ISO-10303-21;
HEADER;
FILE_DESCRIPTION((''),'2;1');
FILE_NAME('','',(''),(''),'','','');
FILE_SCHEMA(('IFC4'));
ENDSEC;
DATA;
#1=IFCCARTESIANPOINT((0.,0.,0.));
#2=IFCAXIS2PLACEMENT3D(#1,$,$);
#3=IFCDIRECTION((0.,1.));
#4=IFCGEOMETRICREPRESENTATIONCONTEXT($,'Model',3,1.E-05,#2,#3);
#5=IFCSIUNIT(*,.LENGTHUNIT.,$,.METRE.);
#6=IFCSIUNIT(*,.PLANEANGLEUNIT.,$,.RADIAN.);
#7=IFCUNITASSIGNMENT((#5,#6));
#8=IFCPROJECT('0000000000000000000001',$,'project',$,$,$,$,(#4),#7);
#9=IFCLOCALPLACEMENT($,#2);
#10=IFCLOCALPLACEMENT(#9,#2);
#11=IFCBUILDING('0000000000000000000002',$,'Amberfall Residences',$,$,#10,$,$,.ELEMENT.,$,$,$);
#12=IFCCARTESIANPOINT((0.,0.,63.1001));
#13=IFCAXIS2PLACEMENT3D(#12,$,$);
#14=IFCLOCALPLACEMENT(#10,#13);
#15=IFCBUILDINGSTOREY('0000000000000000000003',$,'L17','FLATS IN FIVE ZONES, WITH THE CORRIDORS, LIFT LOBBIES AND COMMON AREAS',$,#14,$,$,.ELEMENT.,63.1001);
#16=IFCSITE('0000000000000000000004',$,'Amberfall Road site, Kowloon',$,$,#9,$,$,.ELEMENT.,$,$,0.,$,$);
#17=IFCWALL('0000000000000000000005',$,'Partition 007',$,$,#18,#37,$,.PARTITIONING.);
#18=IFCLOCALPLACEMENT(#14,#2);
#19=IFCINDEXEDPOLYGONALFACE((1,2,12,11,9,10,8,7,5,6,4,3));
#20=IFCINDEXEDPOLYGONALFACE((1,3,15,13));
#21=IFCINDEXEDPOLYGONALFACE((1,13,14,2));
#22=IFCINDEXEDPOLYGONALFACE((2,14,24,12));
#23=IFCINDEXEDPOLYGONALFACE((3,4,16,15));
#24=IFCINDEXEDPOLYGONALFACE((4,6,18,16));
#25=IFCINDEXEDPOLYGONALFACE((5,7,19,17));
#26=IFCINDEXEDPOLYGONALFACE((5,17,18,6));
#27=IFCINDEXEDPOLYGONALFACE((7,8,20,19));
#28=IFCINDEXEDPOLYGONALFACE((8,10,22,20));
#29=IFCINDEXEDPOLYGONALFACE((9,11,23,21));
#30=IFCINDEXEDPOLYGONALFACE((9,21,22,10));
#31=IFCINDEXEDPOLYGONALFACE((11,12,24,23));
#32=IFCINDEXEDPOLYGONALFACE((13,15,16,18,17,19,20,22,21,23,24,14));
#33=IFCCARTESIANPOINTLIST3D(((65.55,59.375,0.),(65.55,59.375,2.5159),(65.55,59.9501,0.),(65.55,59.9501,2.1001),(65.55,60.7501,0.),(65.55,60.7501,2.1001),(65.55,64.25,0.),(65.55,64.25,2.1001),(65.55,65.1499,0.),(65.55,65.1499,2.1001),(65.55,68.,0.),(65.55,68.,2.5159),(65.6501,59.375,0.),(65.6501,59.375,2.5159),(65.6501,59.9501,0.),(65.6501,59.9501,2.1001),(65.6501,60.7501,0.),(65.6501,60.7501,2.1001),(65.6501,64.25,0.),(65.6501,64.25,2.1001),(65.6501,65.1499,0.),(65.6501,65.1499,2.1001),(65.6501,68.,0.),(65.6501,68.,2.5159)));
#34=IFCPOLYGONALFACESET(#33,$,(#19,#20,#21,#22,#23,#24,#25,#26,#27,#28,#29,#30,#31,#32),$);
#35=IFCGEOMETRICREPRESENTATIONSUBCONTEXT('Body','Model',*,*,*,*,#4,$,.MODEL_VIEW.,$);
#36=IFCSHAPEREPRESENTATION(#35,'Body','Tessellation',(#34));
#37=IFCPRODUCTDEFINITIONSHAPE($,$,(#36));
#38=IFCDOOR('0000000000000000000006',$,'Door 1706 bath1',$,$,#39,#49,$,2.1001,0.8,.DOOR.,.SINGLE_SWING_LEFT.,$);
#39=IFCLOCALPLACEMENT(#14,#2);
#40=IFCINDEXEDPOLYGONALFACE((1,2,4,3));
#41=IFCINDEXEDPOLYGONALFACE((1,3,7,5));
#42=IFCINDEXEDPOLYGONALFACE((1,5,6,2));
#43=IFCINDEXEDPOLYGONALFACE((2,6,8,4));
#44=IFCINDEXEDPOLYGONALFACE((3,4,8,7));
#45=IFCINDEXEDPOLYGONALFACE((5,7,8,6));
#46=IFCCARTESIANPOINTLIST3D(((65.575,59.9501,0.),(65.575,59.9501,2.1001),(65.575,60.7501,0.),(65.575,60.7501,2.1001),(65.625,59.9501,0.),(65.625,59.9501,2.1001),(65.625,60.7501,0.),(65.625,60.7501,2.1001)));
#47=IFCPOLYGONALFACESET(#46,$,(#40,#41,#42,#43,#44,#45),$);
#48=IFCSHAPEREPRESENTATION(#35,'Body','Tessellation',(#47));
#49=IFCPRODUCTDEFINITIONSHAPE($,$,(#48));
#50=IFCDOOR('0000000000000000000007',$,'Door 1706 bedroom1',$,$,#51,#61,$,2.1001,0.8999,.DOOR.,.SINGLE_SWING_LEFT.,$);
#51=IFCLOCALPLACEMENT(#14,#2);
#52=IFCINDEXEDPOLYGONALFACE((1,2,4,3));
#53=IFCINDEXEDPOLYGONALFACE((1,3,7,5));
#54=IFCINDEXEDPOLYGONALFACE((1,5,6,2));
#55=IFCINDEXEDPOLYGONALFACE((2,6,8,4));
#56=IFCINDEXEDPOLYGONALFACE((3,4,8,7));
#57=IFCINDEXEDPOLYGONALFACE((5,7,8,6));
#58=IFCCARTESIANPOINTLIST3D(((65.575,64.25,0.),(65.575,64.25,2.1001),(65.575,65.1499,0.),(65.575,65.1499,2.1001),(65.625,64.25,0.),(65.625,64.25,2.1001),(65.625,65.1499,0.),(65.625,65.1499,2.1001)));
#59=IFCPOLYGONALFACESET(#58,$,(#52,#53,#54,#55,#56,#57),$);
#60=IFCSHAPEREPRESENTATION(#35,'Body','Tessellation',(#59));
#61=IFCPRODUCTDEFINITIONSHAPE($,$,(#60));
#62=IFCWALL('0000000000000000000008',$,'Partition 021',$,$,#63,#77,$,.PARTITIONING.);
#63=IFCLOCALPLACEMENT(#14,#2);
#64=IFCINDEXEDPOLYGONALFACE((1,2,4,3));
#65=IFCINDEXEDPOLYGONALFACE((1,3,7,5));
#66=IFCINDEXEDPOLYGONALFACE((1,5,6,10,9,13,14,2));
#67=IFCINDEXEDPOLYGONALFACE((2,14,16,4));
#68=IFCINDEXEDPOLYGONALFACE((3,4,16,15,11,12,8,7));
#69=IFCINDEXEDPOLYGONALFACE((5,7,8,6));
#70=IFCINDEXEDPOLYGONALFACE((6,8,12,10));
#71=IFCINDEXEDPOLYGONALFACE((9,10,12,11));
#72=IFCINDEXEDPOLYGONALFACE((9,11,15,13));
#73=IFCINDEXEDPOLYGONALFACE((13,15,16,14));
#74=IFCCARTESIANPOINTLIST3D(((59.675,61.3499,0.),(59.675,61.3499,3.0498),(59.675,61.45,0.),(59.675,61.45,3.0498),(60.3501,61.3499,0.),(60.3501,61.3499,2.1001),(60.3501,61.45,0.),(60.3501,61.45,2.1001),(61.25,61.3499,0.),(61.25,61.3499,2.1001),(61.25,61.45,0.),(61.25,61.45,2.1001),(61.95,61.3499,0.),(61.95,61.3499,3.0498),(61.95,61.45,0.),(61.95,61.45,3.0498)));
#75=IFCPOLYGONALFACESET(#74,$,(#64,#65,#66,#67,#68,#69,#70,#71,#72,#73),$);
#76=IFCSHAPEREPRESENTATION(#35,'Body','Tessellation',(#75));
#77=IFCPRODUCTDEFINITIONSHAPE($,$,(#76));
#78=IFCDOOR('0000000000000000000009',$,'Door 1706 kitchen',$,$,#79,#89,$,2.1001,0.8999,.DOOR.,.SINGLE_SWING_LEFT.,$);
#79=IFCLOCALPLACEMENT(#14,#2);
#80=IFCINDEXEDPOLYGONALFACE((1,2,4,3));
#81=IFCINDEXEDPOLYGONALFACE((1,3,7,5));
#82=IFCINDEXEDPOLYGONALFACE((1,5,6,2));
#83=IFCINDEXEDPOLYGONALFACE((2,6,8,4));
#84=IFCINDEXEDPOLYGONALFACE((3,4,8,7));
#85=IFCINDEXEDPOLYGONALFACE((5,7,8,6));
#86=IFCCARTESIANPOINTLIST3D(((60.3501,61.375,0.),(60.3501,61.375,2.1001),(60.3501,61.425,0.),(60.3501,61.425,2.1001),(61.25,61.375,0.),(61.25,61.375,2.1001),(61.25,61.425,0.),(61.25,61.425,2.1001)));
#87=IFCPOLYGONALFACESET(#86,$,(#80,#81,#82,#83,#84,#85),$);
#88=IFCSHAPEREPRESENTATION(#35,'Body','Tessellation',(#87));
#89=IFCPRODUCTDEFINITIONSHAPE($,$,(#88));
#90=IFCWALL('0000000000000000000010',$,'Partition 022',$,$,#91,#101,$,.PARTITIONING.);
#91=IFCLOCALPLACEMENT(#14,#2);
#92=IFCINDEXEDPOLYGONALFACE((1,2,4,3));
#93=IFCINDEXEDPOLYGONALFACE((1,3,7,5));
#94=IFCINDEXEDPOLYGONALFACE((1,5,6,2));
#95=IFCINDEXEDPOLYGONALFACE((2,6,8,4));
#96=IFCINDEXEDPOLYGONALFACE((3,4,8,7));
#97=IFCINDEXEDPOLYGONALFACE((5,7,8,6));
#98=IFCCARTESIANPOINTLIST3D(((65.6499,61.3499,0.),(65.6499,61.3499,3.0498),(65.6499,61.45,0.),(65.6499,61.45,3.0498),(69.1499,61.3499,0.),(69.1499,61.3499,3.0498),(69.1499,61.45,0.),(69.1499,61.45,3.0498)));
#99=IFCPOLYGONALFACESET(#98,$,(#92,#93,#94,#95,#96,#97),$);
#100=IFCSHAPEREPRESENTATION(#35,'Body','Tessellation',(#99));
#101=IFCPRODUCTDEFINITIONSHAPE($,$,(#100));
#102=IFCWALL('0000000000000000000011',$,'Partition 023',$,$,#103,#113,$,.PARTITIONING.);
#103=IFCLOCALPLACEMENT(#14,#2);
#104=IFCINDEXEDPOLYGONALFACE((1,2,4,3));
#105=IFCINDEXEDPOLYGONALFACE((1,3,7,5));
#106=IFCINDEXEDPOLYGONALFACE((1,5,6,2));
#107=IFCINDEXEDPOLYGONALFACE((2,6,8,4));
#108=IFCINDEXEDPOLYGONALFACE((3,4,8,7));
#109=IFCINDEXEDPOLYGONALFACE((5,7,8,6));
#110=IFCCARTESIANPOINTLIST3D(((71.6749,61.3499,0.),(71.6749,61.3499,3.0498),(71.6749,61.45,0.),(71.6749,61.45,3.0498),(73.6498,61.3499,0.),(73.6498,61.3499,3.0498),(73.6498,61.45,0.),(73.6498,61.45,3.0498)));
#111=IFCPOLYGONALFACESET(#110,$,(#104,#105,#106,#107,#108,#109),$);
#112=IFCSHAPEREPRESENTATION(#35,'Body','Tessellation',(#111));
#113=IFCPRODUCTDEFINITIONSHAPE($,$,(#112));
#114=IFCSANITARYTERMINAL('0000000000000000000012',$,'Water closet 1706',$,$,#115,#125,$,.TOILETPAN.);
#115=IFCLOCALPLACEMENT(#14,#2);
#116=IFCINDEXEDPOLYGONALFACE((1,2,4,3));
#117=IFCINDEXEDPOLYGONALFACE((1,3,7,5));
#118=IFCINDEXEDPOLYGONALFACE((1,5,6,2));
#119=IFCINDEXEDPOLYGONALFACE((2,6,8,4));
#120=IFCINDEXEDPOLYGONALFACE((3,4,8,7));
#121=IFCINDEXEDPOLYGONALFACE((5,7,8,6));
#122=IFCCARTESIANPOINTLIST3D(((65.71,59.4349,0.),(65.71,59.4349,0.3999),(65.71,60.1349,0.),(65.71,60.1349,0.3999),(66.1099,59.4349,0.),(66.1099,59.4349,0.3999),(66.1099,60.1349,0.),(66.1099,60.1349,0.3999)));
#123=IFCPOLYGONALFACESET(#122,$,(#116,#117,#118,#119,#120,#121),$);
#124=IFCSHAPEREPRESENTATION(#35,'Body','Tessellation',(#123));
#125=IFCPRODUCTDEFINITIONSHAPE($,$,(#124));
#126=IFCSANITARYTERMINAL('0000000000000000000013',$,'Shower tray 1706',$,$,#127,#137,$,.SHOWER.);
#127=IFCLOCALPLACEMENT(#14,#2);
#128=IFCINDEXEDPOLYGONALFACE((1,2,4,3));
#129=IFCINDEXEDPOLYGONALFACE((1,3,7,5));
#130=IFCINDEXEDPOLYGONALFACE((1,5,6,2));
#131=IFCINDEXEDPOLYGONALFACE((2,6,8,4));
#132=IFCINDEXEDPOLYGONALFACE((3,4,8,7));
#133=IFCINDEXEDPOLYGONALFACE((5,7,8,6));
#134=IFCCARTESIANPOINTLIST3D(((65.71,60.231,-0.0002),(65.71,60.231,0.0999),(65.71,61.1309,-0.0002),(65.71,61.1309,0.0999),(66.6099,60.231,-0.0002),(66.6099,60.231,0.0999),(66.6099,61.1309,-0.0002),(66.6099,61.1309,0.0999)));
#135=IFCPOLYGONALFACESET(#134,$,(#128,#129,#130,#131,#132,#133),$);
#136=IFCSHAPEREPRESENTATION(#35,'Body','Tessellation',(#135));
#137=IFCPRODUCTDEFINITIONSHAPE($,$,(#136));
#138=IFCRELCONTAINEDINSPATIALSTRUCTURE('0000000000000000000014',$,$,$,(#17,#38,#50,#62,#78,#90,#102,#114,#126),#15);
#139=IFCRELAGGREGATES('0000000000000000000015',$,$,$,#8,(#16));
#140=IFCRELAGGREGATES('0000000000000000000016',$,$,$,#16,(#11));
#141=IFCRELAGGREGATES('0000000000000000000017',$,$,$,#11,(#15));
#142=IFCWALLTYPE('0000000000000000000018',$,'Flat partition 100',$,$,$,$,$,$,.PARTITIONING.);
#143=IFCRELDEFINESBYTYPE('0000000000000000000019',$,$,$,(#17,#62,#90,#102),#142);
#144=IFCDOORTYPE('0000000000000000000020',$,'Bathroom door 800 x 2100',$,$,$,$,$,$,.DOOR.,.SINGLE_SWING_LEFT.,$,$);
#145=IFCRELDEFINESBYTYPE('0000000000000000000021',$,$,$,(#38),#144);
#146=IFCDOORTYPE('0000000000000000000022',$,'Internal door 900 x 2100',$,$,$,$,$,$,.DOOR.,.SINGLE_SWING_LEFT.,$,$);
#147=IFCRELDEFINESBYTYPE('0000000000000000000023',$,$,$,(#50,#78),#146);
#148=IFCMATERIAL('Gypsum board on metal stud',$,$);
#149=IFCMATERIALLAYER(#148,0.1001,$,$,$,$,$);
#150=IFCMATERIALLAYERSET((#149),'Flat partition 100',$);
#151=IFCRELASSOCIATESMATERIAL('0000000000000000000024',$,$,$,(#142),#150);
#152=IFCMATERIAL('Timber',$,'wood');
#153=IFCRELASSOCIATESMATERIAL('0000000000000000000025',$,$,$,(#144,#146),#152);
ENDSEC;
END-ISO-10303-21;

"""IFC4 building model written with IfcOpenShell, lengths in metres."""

from ifc_helpers import new_model, si_unit, direction, frame, frame_2d, origin, origin_2d, place, context, subcontext, project, spatial, rectangle, extrude, material, layer, layer_set, type_object, element, fill, save


model = new_model("IFC4")

# Units and contexts
model_context = context("Model", 3, precision=1e-05, world=origin(), true_north=direction((0.0, 1.0)))
body_context = subcontext(model_context, "Body", "Model", "MODEL_VIEW")
ifc_project = project(units=[si_unit("LENGTHUNIT", "METRE"), si_unit("PLANEANGLEUNIT", "RADIAN")], contexts=[model_context])

# Site, building, storey
site_placement = place(None, origin())
site = spatial("IfcSite", under=ifc_project, at=site_placement, Name="Amberfall Road site, Kowloon", CompositionType="ELEMENT", RefElevation=0.0)
building_placement = place(site_placement, origin())
building = spatial("IfcBuilding", under=site, at=building_placement, Name="Amberfall Residences", CompositionType="ELEMENT")
storey_placement = place(building_placement, frame((0.0, 0.0, 63.1001)))
storey = spatial("IfcBuildingStorey", under=building, at=storey_placement, Name="L17", Description="FLATS IN FIVE ZONES, WITH THE CORRIDORS, LIFT LOBBIES AND COMMON AREAS", CompositionType="ELEMENT", Elevation=63.1001)

# Wall, openings, doors
ifc_material_1 = material(Name="Gypsum board on metal stud")
ifc_layer_1 = layer(ifc_material_1, 0.1001)
ifc_layer_set_1 = layer_set([ifc_layer_1], Name="Flat partition 100")
wall_type = type_object("IfcWallType", Name="Flat partition 100", PredefinedType="PARTITIONING", material=ifc_layer_set_1)
wall_1_placement = place(storey_placement, frame((65.6001, 68.0, 0.0), z_axis=(0.0, 0.0, 1.0), x_axis=(0.0, -1.0, 0.0)))
wall_1 = element("IfcWall", 1, at=wall_1_placement, inside=storey, type_object=wall_type, Name="Partition 007", PredefinedType="PARTITIONING", context=body_context, shape_type="SweptSolid", body=[
    extrude(rectangle(XDim=8.625, YDim=0.1001, at=frame_2d((4.3125, 0.0))), origin(), (0.0, 0.0, 1.0), 2.5159),
])
opening_1_placement = place(wall_1_placement, frame((2.8501, 0.0, 0.0)))
opening_1 = element("IfcOpeningElement", 2, at=opening_1_placement, cuts=wall_1, PredefinedType="OPENING", context=body_context, shape_type="SweptSolid", body=[
    extrude(rectangle(XDim=0.8999, YDim=2.1001, at=frame_2d((0.45, 1.05))), frame((0.0, 0.0601, 0.0), z_axis=(0.0, -1.0, 0.0), x_axis=(1.0, 0.0, 0.0)), (0.0, 0.0, 1.0), 0.1201),
])
opening_2_placement = place(wall_1_placement, frame((7.25, 0.0, 0.0)))
opening_2 = element("IfcOpeningElement", 3, at=opening_2_placement, cuts=wall_1, PredefinedType="OPENING", context=body_context, shape_type="SweptSolid", body=[
    extrude(rectangle(XDim=0.8, YDim=2.1001, at=frame_2d((0.3999, 1.05))), frame((0.0, 0.0601, 0.0), z_axis=(0.0, -1.0, 0.0), x_axis=(1.0, 0.0, 0.0)), (0.0, 0.0, 1.0), 0.1201),
])
ifc_material_2 = material(Name="Timber", Category="wood")
door_type_1 = type_object("IfcDoorType", Name="Bathroom door 800 x 2100", OperationType="SINGLE_SWING_LEFT", PredefinedType="DOOR", material=ifc_material_2)
door_1_placement = place(opening_2_placement, origin())
door_1 = element("IfcDoor", 4, at=door_1_placement, inside=storey, type_object=door_type_1, Name="Door 1706 bath1", OperationType="SINGLE_SWING_LEFT", OverallHeight=2.1001, OverallWidth=0.8, PredefinedType="DOOR", context=body_context, shape_type="SweptSolid", body=[
    extrude(rectangle(XDim=0.8, YDim=2.1001, at=frame_2d((0.3999, 1.05))), frame((0.0, 0.0249, 0.0), z_axis=(0.0, -1.0, 0.0), x_axis=(1.0, 0.0, 0.0)), (0.0, 0.0, 1.0), 0.05),
])
fill(opening_2, door_1)
door_type_2 = type_object("IfcDoorType", Name="Internal door 900 x 2100", OperationType="SINGLE_SWING_LEFT", PredefinedType="DOOR", material=ifc_material_2)
door_2_placement = place(opening_1_placement, origin())
door_2 = element("IfcDoor", 5, at=door_2_placement, inside=storey, type_object=door_type_2, Name="Door 1706 bedroom1", OperationType="SINGLE_SWING_LEFT", OverallHeight=2.1001, OverallWidth=0.8999, PredefinedType="DOOR", context=body_context, shape_type="SweptSolid", body=[
    extrude(rectangle(XDim=0.8999, YDim=2.1001, at=frame_2d((0.45, 1.05))), frame((0.0, 0.0249, 0.0), z_axis=(0.0, -1.0, 0.0), x_axis=(1.0, 0.0, 0.0)), (0.0, 0.0, 1.0), 0.05),
])
fill(opening_1, door_2)

# Wall, opening, door
wall_2_placement = place(storey_placement, frame((61.95, 61.3999, 0.0), z_axis=(0.0, 0.0, 1.0), x_axis=(-1.0, 0.0, 0.0)))
wall_2 = element("IfcWall", 6, at=wall_2_placement, inside=storey, type_object=wall_type, Name="Partition 021", PredefinedType="PARTITIONING", context=body_context, shape_type="SweptSolid", body=[
    extrude(rectangle(XDim=2.2749, YDim=0.1001, at=frame_2d((1.1375, 0.0))), origin(), (0.0, 0.0, 1.0), 3.0498),
])
opening_3_placement = place(wall_2_placement, frame((0.7, 0.0, 0.0)))
opening_3 = element("IfcOpeningElement", 7, at=opening_3_placement, cuts=wall_2, PredefinedType="OPENING", context=body_context, shape_type="SweptSolid", body=[
    extrude(rectangle(XDim=0.8999, YDim=2.1001, at=frame_2d((0.45, 1.05))), frame((0.0, 0.0601, 0.0), z_axis=(0.0, -1.0, 0.0), x_axis=(1.0, 0.0, 0.0)), (0.0, 0.0, 1.0), 0.1201),
])
door_3_placement = place(opening_3_placement, origin())
door_3 = element("IfcDoor", 8, at=door_3_placement, inside=storey, type_object=door_type_2, Name="Door 1706 kitchen", OperationType="SINGLE_SWING_LEFT", OverallHeight=2.1001, OverallWidth=0.8999, PredefinedType="DOOR", context=body_context, shape_type="SweptSolid", body=[
    extrude(rectangle(XDim=0.8999, YDim=2.1001, at=frame_2d((0.45, 1.05))), frame((0.0, 0.0249, 0.0), z_axis=(0.0, -1.0, 0.0), x_axis=(1.0, 0.0, 0.0)), (0.0, 0.0, 1.0), 0.05),
])
fill(opening_3, door_3)

# Walls
wall_3_placement = place(storey_placement, frame((65.6499, 61.3999, 0.0), z_axis=(0.0, 0.0, 1.0), x_axis=(1.0, 0.0, 0.0)))
element("IfcWall", 9, at=wall_3_placement, inside=storey, type_object=wall_type, Name="Partition 022", PredefinedType="PARTITIONING", context=body_context, shape_type="SweptSolid", body=[
    extrude(rectangle(XDim=3.5, YDim=0.1001, at=frame_2d((1.75, 0.0))), origin(), (0.0, 0.0, 1.0), 3.0498),
])
wall_4_placement = place(storey_placement, frame((71.675, 61.3999, 0.0), z_axis=(0.0, 0.0, 1.0), x_axis=(1.0, 0.0, 0.0)))
element("IfcWall", 10, at=wall_4_placement, inside=storey, type_object=wall_type, Name="Partition 023", PredefinedType="PARTITIONING", context=body_context, shape_type="SweptSolid", body=[
    extrude(rectangle(XDim=1.9749, YDim=0.1001, at=frame_2d((0.9873, 0.0))), origin(), (0.0, 0.0, 1.0), 3.0498),
])

# Sanitary terminals
sanitary_terminal_1_placement = place(storey_placement, frame((65.9099, 59.7849, 0.0), z_axis=(0.0, 0.0, 1.0), x_axis=(1.0, 0.0, 0.0)))
element("IfcSanitaryTerminal", 11, at=sanitary_terminal_1_placement, inside=storey, Name="Water closet 1706", PredefinedType="TOILETPAN", context=body_context, shape_type="SweptSolid", body=[
    extrude(rectangle(XDim=0.3999, YDim=0.7, at=origin_2d()), origin(), (0.0, 0.0, 1.0), 0.3999),
])
sanitary_terminal_2_placement = place(storey_placement, frame((66.1599, 60.6809, -0.0002), z_axis=(0.0, 0.0, 1.0), x_axis=(1.0, 0.0, 0.0)))
element("IfcSanitaryTerminal", 12, at=sanitary_terminal_2_placement, inside=storey, Name="Shower tray 1706", PredefinedType="SHOWER", context=body_context, shape_type="SweptSolid", body=[
    extrude(rectangle(XDim=0.8999, YDim=0.8999, at=origin_2d()), origin(), (0.0, 0.0, 1.0), 0.1001),
])

save(model, "model.ifc")
